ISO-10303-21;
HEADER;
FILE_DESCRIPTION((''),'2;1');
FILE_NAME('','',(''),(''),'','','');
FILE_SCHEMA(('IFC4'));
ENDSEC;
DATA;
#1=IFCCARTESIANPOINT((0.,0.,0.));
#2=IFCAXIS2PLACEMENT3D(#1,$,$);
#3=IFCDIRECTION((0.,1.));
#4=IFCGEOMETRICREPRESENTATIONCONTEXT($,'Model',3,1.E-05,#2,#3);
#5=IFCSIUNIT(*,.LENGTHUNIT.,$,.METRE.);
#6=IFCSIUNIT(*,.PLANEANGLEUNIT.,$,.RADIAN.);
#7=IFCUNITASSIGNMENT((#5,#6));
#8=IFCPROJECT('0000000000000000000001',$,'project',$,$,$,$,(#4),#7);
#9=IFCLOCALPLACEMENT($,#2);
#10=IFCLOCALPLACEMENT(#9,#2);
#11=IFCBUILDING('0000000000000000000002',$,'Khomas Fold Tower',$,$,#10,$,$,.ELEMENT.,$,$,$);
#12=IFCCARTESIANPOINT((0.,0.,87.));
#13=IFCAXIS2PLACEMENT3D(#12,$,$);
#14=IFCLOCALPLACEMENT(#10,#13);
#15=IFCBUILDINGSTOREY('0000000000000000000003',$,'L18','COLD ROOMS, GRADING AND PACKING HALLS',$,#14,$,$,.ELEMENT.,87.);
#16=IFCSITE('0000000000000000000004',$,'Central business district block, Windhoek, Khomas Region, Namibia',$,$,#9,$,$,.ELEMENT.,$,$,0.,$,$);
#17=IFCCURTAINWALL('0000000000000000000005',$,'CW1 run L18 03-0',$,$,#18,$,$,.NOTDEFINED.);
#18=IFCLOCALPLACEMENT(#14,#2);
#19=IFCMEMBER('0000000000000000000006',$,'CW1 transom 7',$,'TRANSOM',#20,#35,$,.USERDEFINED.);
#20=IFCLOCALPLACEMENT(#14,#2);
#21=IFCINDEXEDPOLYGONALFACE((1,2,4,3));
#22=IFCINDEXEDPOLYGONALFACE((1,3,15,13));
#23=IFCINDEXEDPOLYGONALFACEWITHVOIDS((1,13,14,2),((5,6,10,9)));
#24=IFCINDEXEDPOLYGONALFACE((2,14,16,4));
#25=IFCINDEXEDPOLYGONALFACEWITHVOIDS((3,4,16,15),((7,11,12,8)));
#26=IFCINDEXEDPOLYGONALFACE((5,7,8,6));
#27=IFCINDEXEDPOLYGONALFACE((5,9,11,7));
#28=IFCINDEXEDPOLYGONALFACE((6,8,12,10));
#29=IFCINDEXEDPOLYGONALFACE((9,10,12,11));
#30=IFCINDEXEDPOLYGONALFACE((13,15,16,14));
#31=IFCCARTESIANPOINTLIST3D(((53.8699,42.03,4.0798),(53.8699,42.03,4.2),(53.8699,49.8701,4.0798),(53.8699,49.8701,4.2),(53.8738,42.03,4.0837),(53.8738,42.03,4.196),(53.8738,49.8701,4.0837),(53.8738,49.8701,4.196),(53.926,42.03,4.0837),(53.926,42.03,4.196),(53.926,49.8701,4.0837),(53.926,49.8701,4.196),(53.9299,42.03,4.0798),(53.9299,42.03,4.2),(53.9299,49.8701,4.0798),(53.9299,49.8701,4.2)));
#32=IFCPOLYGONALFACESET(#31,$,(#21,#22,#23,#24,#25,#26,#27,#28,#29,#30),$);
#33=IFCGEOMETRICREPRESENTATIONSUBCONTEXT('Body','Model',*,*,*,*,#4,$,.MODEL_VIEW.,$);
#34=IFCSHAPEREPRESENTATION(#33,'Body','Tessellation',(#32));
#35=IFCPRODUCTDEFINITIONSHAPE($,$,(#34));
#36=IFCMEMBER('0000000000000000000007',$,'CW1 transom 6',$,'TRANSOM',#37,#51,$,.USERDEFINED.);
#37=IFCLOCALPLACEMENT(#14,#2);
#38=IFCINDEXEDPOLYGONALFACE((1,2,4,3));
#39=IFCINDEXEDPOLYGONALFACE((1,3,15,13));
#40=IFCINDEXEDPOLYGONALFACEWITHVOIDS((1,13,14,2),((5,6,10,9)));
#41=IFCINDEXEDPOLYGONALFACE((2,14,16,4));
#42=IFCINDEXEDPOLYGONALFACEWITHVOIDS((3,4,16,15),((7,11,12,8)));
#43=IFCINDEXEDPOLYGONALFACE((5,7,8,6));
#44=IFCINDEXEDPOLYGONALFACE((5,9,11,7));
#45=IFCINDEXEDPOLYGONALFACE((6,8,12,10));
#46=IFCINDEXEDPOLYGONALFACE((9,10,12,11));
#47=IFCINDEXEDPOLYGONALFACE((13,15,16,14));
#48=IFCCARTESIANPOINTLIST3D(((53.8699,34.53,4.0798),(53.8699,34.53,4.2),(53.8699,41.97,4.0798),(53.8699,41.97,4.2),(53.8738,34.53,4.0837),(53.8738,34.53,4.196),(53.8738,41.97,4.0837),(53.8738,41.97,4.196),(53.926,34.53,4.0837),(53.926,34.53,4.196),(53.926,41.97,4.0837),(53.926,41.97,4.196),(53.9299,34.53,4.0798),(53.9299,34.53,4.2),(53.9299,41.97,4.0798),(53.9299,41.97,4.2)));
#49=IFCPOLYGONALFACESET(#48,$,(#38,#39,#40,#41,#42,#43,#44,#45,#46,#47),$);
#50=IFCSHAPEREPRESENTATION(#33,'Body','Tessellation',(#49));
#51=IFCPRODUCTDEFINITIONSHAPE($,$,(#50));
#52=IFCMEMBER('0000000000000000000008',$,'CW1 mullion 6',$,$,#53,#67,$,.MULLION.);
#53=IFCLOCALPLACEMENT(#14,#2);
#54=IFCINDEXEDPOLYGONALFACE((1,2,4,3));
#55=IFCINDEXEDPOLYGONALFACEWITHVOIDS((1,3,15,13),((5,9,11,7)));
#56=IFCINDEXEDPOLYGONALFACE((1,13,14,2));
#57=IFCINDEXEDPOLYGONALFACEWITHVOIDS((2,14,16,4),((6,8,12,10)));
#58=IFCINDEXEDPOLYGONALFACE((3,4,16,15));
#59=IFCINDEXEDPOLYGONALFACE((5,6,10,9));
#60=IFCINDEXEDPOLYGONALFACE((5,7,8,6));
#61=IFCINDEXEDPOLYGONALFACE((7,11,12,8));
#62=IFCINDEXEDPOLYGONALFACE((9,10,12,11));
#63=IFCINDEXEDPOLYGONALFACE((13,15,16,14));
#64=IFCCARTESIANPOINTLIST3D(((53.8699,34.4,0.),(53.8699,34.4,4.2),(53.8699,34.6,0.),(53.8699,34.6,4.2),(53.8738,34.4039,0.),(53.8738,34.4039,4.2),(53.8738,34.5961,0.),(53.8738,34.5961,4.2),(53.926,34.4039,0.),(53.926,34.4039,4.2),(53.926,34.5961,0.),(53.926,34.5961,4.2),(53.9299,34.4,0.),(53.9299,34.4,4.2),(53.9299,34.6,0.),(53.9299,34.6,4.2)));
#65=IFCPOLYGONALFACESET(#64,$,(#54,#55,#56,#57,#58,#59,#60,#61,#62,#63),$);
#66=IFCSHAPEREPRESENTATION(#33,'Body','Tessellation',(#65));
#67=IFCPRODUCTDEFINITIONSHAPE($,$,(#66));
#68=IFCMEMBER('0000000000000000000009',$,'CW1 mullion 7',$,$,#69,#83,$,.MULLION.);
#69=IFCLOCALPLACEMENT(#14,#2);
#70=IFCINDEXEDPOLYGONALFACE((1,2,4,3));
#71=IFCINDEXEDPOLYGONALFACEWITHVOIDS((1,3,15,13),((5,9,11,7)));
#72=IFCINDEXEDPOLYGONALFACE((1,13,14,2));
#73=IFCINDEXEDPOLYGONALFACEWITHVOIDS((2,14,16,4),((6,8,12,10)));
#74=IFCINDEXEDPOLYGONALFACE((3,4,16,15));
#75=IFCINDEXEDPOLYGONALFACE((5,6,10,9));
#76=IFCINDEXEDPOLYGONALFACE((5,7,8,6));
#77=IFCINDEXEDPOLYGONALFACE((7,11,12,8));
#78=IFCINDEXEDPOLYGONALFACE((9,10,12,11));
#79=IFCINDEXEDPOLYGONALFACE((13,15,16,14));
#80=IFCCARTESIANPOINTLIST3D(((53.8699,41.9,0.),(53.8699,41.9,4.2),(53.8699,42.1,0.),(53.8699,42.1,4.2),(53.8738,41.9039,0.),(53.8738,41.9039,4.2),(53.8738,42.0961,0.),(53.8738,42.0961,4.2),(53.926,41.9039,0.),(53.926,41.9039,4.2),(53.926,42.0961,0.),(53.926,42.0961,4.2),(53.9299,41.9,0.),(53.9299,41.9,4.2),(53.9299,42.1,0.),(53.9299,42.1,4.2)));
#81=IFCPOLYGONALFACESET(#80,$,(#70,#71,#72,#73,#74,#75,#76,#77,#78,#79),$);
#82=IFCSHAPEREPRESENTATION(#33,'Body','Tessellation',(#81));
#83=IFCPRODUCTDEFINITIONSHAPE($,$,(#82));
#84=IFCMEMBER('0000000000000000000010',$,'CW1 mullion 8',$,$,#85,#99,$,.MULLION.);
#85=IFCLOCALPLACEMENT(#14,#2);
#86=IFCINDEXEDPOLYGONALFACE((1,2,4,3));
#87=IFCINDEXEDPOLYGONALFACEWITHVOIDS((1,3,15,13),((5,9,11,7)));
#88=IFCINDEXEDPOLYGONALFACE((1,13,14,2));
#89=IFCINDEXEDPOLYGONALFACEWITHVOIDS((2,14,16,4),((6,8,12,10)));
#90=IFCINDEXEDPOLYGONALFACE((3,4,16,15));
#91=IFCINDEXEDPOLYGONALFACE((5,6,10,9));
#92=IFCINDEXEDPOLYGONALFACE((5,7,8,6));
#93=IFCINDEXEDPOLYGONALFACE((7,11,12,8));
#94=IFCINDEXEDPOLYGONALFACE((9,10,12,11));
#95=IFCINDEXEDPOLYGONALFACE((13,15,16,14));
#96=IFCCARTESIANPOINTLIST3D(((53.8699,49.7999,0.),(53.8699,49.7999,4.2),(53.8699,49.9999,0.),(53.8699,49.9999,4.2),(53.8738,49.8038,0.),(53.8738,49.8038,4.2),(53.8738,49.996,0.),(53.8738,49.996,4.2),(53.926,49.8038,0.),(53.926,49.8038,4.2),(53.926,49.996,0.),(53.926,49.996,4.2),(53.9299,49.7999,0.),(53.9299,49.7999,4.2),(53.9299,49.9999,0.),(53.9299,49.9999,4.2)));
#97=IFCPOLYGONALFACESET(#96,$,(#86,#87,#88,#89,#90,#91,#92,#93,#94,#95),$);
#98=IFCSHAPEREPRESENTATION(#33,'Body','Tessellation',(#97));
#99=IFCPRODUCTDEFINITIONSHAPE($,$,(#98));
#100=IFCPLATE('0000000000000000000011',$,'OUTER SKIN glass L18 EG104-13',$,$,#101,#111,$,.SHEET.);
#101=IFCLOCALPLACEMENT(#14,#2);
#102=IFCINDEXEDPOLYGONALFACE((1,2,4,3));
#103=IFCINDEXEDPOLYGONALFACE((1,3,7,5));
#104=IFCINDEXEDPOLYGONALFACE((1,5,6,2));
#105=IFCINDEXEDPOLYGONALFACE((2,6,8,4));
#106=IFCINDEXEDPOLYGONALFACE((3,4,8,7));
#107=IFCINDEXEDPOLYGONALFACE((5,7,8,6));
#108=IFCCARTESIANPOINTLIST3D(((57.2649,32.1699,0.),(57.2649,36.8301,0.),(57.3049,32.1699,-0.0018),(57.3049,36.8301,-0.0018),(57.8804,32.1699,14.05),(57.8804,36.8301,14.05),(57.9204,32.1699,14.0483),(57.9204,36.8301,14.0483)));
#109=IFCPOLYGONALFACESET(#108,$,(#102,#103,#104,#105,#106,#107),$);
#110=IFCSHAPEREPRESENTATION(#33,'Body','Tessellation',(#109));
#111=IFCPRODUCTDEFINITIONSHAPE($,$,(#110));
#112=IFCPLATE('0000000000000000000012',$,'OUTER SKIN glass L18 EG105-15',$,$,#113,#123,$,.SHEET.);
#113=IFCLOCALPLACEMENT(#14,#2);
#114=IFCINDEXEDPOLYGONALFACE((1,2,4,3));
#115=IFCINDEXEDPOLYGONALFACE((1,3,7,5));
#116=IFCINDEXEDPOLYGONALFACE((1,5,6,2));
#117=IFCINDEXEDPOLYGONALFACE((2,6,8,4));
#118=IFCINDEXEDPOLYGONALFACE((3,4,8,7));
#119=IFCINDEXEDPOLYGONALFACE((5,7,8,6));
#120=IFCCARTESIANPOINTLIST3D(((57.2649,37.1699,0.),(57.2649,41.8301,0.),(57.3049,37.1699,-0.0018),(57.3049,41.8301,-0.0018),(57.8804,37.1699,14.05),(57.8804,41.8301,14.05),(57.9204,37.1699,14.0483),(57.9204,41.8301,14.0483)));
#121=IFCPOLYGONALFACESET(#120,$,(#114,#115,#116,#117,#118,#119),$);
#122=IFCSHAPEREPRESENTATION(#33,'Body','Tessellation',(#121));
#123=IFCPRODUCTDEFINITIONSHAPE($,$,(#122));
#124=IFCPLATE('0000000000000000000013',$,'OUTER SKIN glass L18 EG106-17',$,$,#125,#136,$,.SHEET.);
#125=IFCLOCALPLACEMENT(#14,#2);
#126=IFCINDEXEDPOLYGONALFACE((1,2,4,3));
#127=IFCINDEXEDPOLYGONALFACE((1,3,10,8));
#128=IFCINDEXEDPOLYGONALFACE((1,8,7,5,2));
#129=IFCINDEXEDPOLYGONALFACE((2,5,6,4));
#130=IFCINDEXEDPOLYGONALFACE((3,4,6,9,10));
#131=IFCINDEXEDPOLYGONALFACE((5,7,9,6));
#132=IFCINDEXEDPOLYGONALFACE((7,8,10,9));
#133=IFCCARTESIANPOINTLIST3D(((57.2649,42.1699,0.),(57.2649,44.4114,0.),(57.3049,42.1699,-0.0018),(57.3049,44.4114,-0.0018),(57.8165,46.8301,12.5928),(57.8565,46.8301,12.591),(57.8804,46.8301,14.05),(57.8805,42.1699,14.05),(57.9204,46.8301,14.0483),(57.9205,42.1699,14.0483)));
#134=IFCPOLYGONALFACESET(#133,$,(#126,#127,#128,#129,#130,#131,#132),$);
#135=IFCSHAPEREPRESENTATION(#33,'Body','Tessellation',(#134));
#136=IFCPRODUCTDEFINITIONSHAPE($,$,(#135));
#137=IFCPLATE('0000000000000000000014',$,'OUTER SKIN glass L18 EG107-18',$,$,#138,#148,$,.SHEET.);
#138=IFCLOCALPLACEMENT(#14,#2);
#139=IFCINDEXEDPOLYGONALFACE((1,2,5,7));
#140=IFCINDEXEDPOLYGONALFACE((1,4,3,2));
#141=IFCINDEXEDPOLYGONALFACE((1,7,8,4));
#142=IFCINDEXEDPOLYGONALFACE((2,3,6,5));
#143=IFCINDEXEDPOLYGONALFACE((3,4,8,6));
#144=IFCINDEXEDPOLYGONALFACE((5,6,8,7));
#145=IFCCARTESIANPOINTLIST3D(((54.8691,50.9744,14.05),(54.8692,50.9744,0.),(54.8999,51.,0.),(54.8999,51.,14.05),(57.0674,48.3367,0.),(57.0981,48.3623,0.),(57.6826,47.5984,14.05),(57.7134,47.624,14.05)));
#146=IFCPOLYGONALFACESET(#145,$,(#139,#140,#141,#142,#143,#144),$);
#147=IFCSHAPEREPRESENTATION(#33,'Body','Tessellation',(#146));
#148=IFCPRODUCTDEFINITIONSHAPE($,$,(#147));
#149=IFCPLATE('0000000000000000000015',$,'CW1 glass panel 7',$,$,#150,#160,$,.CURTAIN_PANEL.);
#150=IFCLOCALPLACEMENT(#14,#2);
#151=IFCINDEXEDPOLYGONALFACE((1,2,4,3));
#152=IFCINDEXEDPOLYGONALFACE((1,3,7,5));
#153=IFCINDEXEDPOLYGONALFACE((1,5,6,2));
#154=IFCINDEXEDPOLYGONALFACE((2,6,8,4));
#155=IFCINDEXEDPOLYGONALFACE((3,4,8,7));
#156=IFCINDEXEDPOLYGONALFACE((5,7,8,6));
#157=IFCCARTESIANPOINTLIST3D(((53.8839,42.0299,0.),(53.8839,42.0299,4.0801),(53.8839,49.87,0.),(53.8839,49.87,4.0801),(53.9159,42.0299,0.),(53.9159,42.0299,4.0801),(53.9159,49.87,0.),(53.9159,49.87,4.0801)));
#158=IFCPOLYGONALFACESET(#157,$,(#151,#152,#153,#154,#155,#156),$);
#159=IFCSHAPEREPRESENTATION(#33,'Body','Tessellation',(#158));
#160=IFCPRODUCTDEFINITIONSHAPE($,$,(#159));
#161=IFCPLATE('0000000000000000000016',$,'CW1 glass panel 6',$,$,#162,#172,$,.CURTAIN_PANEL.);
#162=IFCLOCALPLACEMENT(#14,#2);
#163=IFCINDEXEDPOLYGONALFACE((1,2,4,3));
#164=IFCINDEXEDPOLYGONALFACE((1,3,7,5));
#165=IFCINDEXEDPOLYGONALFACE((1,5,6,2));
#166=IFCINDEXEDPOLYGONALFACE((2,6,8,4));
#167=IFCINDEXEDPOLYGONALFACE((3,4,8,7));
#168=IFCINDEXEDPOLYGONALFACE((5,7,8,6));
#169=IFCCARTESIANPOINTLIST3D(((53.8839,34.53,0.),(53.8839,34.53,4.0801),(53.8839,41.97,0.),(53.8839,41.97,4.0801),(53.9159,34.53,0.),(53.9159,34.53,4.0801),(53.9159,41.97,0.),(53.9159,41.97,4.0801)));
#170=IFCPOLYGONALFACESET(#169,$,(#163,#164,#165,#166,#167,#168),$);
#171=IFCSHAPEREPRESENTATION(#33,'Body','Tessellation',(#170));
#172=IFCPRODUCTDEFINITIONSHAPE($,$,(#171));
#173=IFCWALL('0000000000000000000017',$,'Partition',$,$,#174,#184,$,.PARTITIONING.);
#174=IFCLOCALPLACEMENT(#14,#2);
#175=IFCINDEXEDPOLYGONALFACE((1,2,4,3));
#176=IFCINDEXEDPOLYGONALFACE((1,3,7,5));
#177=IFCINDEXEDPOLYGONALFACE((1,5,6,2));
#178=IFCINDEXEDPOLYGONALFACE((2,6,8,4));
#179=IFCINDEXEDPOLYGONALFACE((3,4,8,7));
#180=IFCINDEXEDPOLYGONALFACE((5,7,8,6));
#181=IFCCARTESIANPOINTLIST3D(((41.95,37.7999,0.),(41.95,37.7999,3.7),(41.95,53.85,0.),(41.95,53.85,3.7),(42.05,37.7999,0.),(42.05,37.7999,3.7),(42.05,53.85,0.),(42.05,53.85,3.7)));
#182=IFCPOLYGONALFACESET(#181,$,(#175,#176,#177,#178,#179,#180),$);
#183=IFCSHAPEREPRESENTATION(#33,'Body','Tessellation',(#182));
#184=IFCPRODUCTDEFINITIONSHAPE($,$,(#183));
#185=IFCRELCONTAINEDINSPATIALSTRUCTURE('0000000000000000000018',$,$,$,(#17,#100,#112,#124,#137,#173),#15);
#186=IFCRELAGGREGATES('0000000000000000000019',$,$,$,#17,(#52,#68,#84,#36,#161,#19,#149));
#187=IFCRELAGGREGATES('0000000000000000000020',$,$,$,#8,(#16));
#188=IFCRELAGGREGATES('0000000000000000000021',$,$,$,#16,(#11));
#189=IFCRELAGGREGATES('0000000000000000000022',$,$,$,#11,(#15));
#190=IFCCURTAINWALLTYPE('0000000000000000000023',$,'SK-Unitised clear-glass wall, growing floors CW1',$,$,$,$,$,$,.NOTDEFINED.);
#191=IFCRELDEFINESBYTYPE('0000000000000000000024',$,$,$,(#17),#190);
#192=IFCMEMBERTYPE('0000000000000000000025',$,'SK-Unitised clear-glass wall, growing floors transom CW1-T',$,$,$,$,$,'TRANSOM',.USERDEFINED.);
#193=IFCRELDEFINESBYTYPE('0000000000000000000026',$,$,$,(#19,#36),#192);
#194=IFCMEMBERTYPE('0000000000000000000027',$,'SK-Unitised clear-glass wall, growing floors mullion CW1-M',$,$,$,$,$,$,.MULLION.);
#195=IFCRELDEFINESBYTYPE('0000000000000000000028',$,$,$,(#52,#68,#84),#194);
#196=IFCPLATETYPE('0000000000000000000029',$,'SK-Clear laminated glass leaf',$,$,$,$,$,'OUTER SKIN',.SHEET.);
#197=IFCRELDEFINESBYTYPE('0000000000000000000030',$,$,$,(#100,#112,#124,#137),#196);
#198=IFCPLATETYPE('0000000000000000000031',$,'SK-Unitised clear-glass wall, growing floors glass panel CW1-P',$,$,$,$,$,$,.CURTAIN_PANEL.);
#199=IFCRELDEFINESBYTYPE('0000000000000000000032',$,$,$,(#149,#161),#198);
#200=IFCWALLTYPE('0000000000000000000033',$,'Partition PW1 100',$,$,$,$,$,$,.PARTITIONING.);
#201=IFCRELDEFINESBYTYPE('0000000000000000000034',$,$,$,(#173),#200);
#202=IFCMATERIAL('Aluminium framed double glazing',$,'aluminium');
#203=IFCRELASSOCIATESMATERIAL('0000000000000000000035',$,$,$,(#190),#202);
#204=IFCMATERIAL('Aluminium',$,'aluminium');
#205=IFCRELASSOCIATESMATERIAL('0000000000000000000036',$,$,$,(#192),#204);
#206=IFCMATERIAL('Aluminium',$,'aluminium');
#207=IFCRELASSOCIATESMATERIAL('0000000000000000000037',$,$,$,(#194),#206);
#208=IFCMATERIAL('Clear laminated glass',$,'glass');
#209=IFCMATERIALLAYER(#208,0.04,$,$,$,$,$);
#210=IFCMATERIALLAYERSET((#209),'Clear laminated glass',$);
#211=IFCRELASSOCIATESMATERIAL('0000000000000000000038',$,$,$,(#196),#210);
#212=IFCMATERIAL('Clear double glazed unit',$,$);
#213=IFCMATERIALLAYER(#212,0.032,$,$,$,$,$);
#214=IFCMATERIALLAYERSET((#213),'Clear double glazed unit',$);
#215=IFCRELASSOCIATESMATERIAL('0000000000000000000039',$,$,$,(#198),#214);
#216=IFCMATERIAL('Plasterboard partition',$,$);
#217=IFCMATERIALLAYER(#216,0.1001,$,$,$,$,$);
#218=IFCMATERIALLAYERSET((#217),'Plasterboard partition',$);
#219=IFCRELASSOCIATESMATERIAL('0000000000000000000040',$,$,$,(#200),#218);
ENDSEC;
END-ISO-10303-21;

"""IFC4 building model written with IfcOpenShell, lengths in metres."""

from ifc_helpers import new_model, si_unit, direction, frame, frame_2d, origin, origin_2d, place, context, subcontext, project, spatial, polyline, rectangle, hollow_rectangle, outline, extrude, source, transform, mapped, material, layer, layer_set, material_profile, profile_set, type_object, element, aggregate, save


model = new_model("IFC4")

# Units and contexts
model_context = context("Model", 3, precision=1e-05, world=origin(), true_north=direction((0.0, 1.0)))
body_context = subcontext(model_context, "Body", "Model", "MODEL_VIEW")
ifc_project = project(units=[si_unit("LENGTHUNIT", "METRE"), si_unit("PLANEANGLEUNIT", "RADIAN")], contexts=[model_context])

# Site, building, storey
site_placement = place(None, origin())
site = spatial("IfcSite", under=ifc_project, at=site_placement, Name="Central business district block, Windhoek, Khomas Region, Namibia", CompositionType="ELEMENT", RefElevation=0.0)
building_placement = place(site_placement, origin())
building = spatial("IfcBuilding", under=site, at=building_placement, Name="Khomas Fold Tower", CompositionType="ELEMENT")
storey_placement = place(building_placement, frame((0.0, 0.0, 87.0)))
storey = spatial("IfcBuildingStorey", under=building, at=storey_placement, Name="L18", Description="COLD ROOMS, GRADING AND PACKING HALLS", CompositionType="ELEMENT", Elevation=87.0)

# Curtain wall, members
ifc_material_1 = material(Name="Aluminium framed double glazing", Category="aluminium")
curtain_wall_type = type_object("IfcCurtainWallType", Name="SK-Unitised clear-glass wall, growing floors CW1", PredefinedType="NOTDEFINED", material=ifc_material_1)
curtain_wall_placement = place(storey_placement, origin())
curtain_wall = element("IfcCurtainWall", 1, at=curtain_wall_placement, inside=storey, type_object=curtain_wall_type, Name="CW1 run L18 03-0", PredefinedType="NOTDEFINED")
ifc_material_2 = material(Name="Aluminium", Category="aluminium")
ifc_material_profile_1 = material_profile(ifc_material_2, hollow_rectangle(XDim=0.0601, YDim=0.1201, WallThickness=0.0039, at=origin_2d()), Name="SK-Unitised clear-glass wall, growing floors transom CW1-T")
ifc_profile_set_1 = profile_set([ifc_material_profile_1], Name="Aluminium")
member_type_1 = type_object("IfcMemberType", Name="SK-Unitised clear-glass wall, growing floors transom CW1-T", ElementType="TRANSOM", PredefinedType="USERDEFINED", material=ifc_profile_set_1)
shared_shape_1 = source(origin(), body_context, "Body", "SweptSolid", [
    extrude(hollow_rectangle(XDim=0.0601, YDim=0.1201, WallThickness=0.0039, at=origin_2d()), origin(), (0.0, 0.0, 1.0), 7.8401),
])
member_1_placement = place(storey_placement, frame((53.8999, 42.03, 4.1399), z_axis=(0.0, 1.0, 0.0), x_axis=(-1.0, 0.0, 0.0)))
member_1 = element("IfcMember", 2, at=member_1_placement, type_object=member_type_1, Name="CW1 transom 7", ObjectType="TRANSOM", PredefinedType="USERDEFINED", context=body_context, shape_type="MappedRepresentation", body=[
    mapped(shared_shape_1, transform((0.0, 0.0, 0.0))),
])
shared_shape_2 = source(origin(), body_context, "Body", "SweptSolid", [
    extrude(hollow_rectangle(XDim=0.0601, YDim=0.1201, WallThickness=0.0039, at=origin_2d()), origin(), (0.0, 0.0, 1.0), 7.4399),
])
member_2_placement = place(storey_placement, frame((53.8999, 34.53, 4.1399), z_axis=(0.0, 1.0, 0.0), x_axis=(-1.0, 0.0, 0.0)))
member_2 = element("IfcMember", 3, at=member_2_placement, type_object=member_type_1, Name="CW1 transom 6", ObjectType="TRANSOM", PredefinedType="USERDEFINED", context=body_context, shape_type="MappedRepresentation", body=[
    mapped(shared_shape_2, transform((0.0, 0.0, 0.0))),
])
ifc_material_3 = material(Name="Aluminium", Category="aluminium")
ifc_material_profile_2 = material_profile(ifc_material_3, hollow_rectangle(XDim=0.0601, YDim=0.2, WallThickness=0.0039, at=origin_2d()), Name="SK-Unitised clear-glass wall, growing floors mullion CW1-M")
ifc_profile_set_2 = profile_set([ifc_material_profile_2], Name="Aluminium")
member_type_2 = type_object("IfcMemberType", Name="SK-Unitised clear-glass wall, growing floors mullion CW1-M", PredefinedType="MULLION", material=ifc_profile_set_2)
shared_shape_3 = source(origin(), body_context, "Body", "SweptSolid", [
    extrude(hollow_rectangle(XDim=0.0601, YDim=0.2, WallThickness=0.0039, at=origin_2d()), origin(), (0.0, 0.0, 1.0), 4.2),
])
member_3_placement = place(storey_placement, frame((53.8999, 34.5, 0.0), z_axis=(0.0, 0.0, 1.0), x_axis=(-1.0, 0.0, 0.0)))
member_3 = element("IfcMember", 4, at=member_3_placement, type_object=member_type_2, Name="CW1 mullion 6", PredefinedType="MULLION", context=body_context, shape_type="MappedRepresentation", body=[
    mapped(shared_shape_3, transform((0.0, 0.0, 0.0))),
])
member_4_placement = place(storey_placement, frame((53.8999, 42.0, 0.0), z_axis=(0.0, 0.0, 1.0), x_axis=(-1.0, 0.0, 0.0)))
member_4 = element("IfcMember", 5, at=member_4_placement, type_object=member_type_2, Name="CW1 mullion 7", PredefinedType="MULLION", context=body_context, shape_type="MappedRepresentation", body=[
    mapped(shared_shape_3, transform((0.0, 0.0, 0.0))),
])
member_5_placement = place(storey_placement, frame((53.8999, 49.8999, 0.0), z_axis=(0.0, 0.0, 1.0), x_axis=(-1.0, 0.0, 0.0)))
member_5 = element("IfcMember", 6, at=member_5_placement, type_object=member_type_2, Name="CW1 mullion 8", PredefinedType="MULLION", context=body_context, shape_type="MappedRepresentation", body=[
    mapped(shared_shape_3, transform((0.0, 0.0, 0.0))),
])

# Plates
ifc_material_4 = material(Name="Clear laminated glass", Category="glass")
ifc_layer_1 = layer(ifc_material_4, 0.04)
ifc_layer_set_1 = layer_set([ifc_layer_1], Name="Clear laminated glass")
plate_type_1 = type_object("IfcPlateType", Name="SK-Clear laminated glass leaf", ElementType="OUTER SKIN", PredefinedType="SHEET", material=ifc_layer_set_1)
for number, where, z_axis, x_axis, name in (
    (7, (57.2649, 32.1699, 0.0), (-0.999042, 0.0, 0.043764), (0.043764, 0.0, 0.999042), "OUTER SKIN glass L18 EG104-13"),
    (8, (57.2649, 37.1699, 0.0), (-0.999042, 0.0, 0.043764), (0.043764, 0.0, 0.999042), "OUTER SKIN glass L18 EG105-15"),
):
    element("IfcPlate", number, at=place(storey_placement, frame(where, z_axis=z_axis, x_axis=x_axis)), inside=storey, type_object=plate_type_1, Name=name, PredefinedType="SHEET", context=body_context, shape_type="SweptSolid", body=[
        extrude(outline(polyline([(0.0, 0.0), (14.0635, 0.0), (14.0635, 4.6602), (0.0, 4.6602), (0.0, 0.0)])), origin(), (0.0, 0.0, -1.0), 0.04),
    ])
plate_1_placement = place(storey_placement, frame((57.2649, 44.4114, 0.0), z_axis=(-0.999042, -0.000018, 0.043767), x_axis=(0.000018, -1.0, -0.000001)))
element("IfcPlate", 9, at=plate_1_placement, inside=storey, type_object=plate_type_1, Name="OUTER SKIN glass L18 EG106-17", PredefinedType="SHEET", context=body_context, shape_type="SweptSolid", body=[
    extrude(outline(polyline([(0.0, 0.0), (2.2415, 0.0), (2.2415, 14.0635), (-2.4187, 14.0635), (-2.4187, 12.6048), (0.0, 0.0)])), origin(), (0.0, 0.0, -1.0), 0.04),
])
plate_2_placement = place(storey_placement, frame((57.0981, 48.3623, 0.0), z_axis=(0.768201, 0.640209, 0.000001), x_axis=(0.043688, -0.052423, 0.997669)))
element("IfcPlate", 10, at=plate_2_placement, inside=storey, type_object=plate_type_1, Name="OUTER SKIN glass L18 EG107-18", PredefinedType="SHEET", context=body_context, shape_type="SweptSolid", body=[
    extrude(outline(polyline([(0.0, 0.0), (14.0829, 0.0), (13.783, -4.3844), (-0.2343, -3.4256), (0.0, 0.0)])), origin(), (0.0, 0.0, -1.0), 0.04),
])

# Plates
ifc_material_5 = material(Name="Clear double glazed unit")
ifc_layer_2 = layer(ifc_material_5, 0.032)
ifc_layer_set_2 = layer_set([ifc_layer_2], Name="Clear double glazed unit")
plate_type_2 = type_object("IfcPlateType", Name="SK-Unitised clear-glass wall, growing floors glass panel CW1-P", PredefinedType="CURTAIN_PANEL", material=ifc_layer_set_2)
shared_shape_4 = source(origin(), body_context, "Body", "SweptSolid", [
    extrude(rectangle(XDim=7.8401, YDim=0.032, at=origin_2d()), origin(), (0.0, 0.0, 1.0), 4.0801),
])
plate_3_placement = place(storey_placement, frame((53.8999, 45.95, 0.0), z_axis=(0.0, 0.0, 1.0), x_axis=(0.0, 1.0, 0.0)))
plate_3 = element("IfcPlate", 11, at=plate_3_placement, type_object=plate_type_2, Name="CW1 glass panel 7", PredefinedType="CURTAIN_PANEL", context=body_context, shape_type="MappedRepresentation", body=[
    mapped(shared_shape_4, transform((0.0, 0.0, 0.0))),
])
shared_shape_5 = source(origin(), body_context, "Body", "SweptSolid", [
    extrude(rectangle(XDim=7.4399, YDim=0.032, at=origin_2d()), origin(), (0.0, 0.0, 1.0), 4.0801),
])
plate_4_placement = place(storey_placement, frame((53.8999, 38.25, 0.0), z_axis=(0.0, 0.0, 1.0), x_axis=(0.0, 1.0, 0.0)))
plate_4 = element("IfcPlate", 12, at=plate_4_placement, type_object=plate_type_2, Name="CW1 glass panel 6", PredefinedType="CURTAIN_PANEL", context=body_context, shape_type="MappedRepresentation", body=[
    mapped(shared_shape_5, transform((0.0, 0.0, 0.0))),
])
aggregate(curtain_wall, [member_3, member_4, member_5, member_2, plate_4, member_1, plate_3])

# Wall
ifc_material_6 = material(Name="Plasterboard partition")
ifc_layer_3 = layer(ifc_material_6, 0.1001)
ifc_layer_set_3 = layer_set([ifc_layer_3], Name="Plasterboard partition")
wall_type = type_object("IfcWallType", Name="Partition PW1 100", PredefinedType="PARTITIONING", material=ifc_layer_set_3)
shared_shape_6 = source(origin(), body_context, "Body", "SweptSolid", [
    extrude(rectangle(XDim=16.05, YDim=0.1001, at=frame_2d((8.0249, 0.0))), origin(), (0.0, 0.0, 1.0), 3.7),
])
wall_placement = place(storey_placement, frame((42.0, 37.8, 0.0), z_axis=(0.0, 0.0, 1.0), x_axis=(0.0, 1.0, 0.0)))
element("IfcWall", 13, at=wall_placement, inside=storey, type_object=wall_type, Name="Partition", PredefinedType="PARTITIONING", context=body_context, shape_type="MappedRepresentation", body=[
    mapped(shared_shape_6, transform((0.0, 0.0, 0.0))),
])

save(model, "model.ifc")
